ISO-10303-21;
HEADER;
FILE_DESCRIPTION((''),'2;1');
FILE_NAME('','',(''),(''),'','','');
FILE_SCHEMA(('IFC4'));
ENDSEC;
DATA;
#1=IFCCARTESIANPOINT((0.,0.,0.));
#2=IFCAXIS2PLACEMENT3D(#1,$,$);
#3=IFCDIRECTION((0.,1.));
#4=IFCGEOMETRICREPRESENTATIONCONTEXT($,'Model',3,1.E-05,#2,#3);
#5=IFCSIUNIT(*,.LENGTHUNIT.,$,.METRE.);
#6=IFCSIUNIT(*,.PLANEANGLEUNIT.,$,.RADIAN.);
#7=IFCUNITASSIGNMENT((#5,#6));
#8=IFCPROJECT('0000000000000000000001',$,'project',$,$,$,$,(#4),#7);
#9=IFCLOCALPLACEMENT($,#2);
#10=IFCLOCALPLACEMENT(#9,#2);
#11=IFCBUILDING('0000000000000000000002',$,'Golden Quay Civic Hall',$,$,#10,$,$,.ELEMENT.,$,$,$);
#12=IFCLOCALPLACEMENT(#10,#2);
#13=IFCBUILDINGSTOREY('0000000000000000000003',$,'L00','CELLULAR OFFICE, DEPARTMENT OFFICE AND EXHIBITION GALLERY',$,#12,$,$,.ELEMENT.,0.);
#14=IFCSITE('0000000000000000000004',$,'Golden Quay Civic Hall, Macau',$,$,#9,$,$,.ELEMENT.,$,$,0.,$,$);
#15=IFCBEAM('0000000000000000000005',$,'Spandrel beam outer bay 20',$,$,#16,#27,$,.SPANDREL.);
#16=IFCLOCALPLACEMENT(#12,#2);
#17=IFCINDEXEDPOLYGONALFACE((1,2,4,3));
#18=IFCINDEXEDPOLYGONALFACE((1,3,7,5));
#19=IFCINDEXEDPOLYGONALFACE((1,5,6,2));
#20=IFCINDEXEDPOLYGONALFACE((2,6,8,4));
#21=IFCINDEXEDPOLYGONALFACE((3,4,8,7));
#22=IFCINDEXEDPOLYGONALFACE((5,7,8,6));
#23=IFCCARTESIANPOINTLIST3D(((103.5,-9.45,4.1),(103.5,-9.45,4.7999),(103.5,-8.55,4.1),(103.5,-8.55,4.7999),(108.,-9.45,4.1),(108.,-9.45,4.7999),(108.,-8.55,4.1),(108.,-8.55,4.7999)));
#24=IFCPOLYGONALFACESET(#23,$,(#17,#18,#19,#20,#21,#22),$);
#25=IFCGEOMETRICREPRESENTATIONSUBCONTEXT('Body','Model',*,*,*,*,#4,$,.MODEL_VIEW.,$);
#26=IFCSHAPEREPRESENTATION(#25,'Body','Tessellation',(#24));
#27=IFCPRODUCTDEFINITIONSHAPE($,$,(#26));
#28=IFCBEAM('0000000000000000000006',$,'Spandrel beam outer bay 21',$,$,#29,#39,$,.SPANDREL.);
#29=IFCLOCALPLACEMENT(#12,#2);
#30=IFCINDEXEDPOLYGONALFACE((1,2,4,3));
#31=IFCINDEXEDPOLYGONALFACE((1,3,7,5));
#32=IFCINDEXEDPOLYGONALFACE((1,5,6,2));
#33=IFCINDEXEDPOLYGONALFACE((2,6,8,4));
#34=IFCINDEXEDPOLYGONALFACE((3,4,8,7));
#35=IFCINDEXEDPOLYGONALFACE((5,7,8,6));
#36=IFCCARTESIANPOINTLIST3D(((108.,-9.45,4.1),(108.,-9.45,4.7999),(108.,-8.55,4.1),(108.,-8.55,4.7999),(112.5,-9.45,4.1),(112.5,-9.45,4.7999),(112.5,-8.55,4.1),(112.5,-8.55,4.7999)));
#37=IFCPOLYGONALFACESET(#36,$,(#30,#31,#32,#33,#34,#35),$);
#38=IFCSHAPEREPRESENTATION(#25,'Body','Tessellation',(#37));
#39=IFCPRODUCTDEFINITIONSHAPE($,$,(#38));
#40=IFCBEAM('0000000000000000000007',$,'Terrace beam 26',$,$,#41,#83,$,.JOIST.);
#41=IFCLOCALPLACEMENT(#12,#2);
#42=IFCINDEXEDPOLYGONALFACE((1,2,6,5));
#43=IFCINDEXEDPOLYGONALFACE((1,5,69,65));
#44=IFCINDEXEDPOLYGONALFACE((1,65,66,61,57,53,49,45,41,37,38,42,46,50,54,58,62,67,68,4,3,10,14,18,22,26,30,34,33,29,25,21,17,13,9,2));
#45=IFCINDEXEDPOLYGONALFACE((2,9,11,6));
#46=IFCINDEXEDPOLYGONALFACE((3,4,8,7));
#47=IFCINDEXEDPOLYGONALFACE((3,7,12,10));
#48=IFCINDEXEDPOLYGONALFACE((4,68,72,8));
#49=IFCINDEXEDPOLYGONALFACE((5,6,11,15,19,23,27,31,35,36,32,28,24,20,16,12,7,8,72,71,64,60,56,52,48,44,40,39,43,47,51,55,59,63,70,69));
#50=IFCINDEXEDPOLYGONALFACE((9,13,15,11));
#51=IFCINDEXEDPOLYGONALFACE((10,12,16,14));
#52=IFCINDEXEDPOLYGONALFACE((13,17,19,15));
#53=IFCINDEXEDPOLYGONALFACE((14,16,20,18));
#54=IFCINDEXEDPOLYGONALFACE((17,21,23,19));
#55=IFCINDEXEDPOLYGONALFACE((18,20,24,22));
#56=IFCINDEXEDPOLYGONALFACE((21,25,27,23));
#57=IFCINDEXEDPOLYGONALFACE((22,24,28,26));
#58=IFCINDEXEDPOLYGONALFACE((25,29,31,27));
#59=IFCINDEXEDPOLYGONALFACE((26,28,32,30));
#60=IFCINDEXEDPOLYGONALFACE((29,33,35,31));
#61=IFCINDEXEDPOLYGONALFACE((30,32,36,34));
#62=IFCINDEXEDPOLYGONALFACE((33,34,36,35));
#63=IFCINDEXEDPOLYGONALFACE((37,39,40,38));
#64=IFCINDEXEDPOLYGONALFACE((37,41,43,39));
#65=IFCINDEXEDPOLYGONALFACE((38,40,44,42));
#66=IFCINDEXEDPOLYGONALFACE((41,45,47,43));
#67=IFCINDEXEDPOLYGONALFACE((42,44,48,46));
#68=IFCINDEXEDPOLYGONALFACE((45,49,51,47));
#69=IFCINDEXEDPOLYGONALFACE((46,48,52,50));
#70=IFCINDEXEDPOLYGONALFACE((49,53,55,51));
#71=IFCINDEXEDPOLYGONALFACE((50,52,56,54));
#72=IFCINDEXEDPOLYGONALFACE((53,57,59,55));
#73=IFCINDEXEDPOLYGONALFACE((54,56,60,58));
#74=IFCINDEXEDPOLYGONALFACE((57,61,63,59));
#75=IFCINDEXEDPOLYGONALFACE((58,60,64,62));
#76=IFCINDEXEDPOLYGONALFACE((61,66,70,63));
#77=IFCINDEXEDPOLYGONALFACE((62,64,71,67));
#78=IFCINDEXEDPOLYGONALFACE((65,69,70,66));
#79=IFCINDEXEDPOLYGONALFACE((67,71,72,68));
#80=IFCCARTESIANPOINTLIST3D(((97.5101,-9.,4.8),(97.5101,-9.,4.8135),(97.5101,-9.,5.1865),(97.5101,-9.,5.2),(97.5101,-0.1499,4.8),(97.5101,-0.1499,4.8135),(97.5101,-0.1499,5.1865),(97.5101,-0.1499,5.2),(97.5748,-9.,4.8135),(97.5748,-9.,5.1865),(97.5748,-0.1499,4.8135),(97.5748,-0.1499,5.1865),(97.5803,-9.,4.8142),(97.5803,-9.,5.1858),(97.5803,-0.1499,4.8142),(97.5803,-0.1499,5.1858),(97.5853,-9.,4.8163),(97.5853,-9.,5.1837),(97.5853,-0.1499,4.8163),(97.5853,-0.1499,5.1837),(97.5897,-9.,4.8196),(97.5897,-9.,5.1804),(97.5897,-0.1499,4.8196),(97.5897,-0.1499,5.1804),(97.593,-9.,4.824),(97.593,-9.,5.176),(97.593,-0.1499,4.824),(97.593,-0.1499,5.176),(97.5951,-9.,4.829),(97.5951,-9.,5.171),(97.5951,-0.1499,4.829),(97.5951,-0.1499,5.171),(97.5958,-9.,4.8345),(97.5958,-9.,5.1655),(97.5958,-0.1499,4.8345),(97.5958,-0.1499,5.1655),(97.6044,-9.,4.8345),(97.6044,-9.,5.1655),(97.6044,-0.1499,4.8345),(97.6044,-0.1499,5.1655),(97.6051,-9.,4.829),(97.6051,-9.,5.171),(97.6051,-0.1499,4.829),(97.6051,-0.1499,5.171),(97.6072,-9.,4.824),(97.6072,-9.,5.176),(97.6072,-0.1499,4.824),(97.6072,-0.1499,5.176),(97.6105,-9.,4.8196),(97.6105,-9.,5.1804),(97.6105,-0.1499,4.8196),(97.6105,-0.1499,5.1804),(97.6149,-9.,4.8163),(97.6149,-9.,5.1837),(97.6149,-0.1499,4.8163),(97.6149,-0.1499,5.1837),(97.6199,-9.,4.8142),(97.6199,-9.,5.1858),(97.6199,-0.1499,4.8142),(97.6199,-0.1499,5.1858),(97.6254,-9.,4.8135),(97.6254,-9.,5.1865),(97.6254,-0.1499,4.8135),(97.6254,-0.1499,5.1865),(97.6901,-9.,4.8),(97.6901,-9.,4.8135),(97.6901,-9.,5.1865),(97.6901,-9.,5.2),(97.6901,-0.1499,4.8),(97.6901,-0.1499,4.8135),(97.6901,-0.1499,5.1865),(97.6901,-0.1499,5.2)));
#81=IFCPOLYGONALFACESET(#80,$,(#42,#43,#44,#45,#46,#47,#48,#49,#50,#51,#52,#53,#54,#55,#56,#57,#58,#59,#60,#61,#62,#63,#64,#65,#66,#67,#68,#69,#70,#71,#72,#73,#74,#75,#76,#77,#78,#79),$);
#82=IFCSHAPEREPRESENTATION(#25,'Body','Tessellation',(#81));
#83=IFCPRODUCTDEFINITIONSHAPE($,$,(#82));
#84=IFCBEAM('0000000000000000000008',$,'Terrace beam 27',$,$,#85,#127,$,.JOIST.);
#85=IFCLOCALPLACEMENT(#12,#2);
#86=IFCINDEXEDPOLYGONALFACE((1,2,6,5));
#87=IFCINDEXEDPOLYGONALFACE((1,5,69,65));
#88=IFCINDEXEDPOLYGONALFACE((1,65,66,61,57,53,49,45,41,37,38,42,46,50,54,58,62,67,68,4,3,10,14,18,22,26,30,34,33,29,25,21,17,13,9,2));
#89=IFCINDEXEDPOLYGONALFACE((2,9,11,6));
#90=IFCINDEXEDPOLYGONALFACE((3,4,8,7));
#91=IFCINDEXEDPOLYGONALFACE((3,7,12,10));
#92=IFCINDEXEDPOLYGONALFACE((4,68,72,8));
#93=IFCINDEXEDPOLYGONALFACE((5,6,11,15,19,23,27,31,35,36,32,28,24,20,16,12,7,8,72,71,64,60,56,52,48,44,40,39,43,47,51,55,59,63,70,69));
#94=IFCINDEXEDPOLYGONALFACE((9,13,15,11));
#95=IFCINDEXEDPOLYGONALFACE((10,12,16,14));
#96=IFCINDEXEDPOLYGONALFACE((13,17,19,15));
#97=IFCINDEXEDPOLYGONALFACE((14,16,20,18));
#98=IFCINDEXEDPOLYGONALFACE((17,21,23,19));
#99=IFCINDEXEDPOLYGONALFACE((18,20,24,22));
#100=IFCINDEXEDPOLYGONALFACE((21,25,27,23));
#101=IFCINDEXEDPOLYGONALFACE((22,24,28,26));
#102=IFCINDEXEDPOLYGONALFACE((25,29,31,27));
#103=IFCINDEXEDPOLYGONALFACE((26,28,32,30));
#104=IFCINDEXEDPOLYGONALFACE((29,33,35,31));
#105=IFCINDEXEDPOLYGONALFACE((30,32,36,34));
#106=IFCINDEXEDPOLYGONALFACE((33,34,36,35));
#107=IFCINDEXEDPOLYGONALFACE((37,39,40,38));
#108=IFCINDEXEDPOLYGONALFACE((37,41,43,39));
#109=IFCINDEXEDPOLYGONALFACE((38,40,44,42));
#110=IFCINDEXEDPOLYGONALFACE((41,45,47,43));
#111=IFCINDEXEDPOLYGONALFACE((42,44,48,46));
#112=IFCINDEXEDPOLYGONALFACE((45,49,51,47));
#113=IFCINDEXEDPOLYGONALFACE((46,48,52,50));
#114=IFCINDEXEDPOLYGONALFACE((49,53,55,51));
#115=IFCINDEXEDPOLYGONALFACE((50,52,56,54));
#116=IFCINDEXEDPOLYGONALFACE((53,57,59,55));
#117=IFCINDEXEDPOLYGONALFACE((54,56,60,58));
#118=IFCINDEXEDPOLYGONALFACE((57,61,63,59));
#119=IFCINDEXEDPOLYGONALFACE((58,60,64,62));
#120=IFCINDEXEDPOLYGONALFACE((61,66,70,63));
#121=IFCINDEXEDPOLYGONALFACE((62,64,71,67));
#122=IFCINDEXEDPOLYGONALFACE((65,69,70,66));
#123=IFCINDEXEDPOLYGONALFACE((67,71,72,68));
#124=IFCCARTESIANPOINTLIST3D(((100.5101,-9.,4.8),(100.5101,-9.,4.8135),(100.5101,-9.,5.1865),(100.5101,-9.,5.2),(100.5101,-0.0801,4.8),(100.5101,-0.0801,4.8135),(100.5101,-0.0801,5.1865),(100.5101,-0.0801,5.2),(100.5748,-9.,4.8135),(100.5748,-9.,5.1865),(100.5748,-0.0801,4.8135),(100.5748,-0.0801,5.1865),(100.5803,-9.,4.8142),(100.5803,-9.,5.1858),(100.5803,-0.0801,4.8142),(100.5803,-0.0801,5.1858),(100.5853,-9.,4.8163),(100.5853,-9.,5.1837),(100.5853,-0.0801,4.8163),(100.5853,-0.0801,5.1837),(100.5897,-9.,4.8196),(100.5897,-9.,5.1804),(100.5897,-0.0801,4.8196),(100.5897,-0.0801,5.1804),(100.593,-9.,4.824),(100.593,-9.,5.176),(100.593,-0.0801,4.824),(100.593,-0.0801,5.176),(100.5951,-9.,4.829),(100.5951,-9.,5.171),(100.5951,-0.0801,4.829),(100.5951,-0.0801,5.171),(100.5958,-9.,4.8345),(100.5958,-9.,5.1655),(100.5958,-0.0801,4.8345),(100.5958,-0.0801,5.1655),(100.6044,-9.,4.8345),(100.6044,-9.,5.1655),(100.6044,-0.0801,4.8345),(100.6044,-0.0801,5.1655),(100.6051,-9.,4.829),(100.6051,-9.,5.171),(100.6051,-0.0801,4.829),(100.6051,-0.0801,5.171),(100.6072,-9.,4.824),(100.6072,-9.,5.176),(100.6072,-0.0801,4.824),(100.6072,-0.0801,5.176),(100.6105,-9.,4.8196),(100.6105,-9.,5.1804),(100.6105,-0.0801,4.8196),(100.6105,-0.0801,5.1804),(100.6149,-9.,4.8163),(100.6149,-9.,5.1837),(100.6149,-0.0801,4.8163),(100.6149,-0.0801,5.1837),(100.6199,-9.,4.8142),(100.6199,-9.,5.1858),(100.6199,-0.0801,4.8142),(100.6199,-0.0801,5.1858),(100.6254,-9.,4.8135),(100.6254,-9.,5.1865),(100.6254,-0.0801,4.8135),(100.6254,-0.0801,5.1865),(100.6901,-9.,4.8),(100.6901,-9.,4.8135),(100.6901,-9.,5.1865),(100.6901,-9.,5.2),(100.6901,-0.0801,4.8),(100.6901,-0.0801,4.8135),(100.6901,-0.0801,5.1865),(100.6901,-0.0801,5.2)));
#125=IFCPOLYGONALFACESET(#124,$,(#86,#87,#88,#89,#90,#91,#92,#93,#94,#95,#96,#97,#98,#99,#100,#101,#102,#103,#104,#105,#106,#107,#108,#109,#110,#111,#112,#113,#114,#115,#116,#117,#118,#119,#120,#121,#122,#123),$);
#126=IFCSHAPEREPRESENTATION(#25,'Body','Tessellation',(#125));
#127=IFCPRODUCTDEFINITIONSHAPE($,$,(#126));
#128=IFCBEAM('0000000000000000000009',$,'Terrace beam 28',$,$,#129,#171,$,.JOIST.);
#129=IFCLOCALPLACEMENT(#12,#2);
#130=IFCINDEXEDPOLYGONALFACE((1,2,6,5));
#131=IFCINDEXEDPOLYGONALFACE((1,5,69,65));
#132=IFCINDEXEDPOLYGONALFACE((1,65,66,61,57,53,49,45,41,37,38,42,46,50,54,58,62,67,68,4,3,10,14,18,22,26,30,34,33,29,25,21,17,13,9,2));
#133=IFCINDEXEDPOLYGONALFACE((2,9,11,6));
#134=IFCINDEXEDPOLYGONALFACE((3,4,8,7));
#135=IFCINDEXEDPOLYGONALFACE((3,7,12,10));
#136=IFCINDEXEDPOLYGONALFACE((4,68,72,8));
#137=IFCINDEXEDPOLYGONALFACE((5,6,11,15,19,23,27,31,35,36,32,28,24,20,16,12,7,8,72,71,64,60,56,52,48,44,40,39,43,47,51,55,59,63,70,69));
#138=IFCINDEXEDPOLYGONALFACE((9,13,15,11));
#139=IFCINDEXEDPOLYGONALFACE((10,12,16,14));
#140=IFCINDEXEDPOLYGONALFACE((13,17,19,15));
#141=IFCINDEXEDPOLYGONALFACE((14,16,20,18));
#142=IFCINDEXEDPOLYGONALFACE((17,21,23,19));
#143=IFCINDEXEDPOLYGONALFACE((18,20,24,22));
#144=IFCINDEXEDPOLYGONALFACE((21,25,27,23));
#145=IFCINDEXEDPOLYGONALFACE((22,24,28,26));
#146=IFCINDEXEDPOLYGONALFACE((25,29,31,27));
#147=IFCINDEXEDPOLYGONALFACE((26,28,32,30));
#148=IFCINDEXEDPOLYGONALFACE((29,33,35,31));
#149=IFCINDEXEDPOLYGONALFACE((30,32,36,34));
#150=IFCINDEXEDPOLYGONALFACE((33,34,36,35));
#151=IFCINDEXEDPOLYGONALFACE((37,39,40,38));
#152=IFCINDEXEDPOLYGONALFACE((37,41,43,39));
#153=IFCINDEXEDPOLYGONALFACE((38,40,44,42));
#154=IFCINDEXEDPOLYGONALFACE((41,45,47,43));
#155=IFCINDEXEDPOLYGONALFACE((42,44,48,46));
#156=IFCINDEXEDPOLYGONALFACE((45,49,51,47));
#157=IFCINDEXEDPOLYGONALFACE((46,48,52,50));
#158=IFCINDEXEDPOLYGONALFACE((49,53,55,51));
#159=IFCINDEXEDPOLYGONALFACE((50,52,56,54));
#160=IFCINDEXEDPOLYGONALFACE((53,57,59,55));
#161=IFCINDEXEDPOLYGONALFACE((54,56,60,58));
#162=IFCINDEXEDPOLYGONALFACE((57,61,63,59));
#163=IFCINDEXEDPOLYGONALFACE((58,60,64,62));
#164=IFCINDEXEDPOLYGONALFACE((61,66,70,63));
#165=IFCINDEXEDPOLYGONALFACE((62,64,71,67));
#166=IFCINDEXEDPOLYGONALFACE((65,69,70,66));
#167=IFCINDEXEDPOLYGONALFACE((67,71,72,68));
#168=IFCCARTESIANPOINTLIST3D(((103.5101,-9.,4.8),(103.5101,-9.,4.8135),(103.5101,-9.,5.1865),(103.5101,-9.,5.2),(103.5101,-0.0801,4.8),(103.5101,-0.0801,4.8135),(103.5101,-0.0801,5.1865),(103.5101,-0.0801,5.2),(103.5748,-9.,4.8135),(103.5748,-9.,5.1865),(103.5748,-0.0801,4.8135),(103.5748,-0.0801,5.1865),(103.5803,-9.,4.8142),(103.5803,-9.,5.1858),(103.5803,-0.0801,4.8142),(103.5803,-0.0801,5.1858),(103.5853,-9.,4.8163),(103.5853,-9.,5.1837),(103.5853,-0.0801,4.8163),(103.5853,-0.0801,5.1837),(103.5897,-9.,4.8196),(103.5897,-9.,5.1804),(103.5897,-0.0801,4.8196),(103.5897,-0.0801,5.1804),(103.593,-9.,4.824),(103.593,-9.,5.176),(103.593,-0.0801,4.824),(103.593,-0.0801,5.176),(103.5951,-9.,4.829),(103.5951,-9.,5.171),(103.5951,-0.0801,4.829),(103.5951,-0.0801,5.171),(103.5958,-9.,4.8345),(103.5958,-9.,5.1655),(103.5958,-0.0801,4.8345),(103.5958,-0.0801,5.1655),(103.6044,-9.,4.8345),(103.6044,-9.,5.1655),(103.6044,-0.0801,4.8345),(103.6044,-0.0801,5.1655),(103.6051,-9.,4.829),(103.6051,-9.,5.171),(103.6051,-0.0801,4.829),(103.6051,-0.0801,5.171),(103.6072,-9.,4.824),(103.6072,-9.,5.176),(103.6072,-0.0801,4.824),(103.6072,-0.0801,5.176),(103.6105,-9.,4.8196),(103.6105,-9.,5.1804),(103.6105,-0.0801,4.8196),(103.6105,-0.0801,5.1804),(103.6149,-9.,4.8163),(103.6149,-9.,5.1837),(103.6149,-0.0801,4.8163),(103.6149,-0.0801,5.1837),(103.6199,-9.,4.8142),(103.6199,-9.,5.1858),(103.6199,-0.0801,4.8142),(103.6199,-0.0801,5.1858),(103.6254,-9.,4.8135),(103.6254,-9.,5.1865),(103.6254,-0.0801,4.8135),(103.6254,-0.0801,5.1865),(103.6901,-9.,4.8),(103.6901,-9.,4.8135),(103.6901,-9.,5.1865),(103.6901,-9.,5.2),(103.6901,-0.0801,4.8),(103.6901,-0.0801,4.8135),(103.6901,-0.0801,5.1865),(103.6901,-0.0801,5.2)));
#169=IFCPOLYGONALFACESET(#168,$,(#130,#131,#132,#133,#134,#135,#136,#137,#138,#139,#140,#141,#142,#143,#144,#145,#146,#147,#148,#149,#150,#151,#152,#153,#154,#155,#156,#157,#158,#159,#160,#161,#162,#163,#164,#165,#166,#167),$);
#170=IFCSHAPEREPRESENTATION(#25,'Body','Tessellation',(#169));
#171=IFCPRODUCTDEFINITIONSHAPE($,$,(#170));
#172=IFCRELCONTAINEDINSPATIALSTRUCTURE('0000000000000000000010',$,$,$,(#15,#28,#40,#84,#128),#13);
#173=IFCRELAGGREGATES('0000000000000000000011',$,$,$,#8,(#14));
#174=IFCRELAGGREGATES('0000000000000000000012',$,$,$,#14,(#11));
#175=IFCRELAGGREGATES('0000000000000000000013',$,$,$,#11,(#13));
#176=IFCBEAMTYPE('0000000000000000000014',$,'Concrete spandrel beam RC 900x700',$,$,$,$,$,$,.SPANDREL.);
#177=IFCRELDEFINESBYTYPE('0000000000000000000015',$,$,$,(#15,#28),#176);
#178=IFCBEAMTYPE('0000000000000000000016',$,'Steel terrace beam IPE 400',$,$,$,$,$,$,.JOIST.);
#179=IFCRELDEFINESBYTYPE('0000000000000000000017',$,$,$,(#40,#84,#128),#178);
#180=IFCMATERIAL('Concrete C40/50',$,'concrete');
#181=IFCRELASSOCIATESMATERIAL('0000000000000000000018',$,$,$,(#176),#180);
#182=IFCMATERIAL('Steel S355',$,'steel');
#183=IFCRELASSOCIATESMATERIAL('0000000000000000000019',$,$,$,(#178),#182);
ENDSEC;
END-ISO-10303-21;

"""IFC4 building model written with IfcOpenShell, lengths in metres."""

from ifc_helpers import new_model, si_unit, direction, frame, origin, origin_2d, place, context, subcontext, project, spatial, rectangle, i_section, extrude, material, material_profile, profile_set, type_object, element, save


model = new_model("IFC4")

# Units and contexts
model_context = context("Model", 3, precision=1e-05, world=origin(), true_north=direction((0.0, 1.0)))
body_context = subcontext(model_context, "Body", "Model", "MODEL_VIEW")
ifc_project = project(units=[si_unit("LENGTHUNIT", "METRE"), si_unit("PLANEANGLEUNIT", "RADIAN")], contexts=[model_context])

# Site, building, storey
site_placement = place(None, origin())
site = spatial("IfcSite", under=ifc_project, at=site_placement, Name="Golden Quay Civic Hall, Macau", CompositionType="ELEMENT", RefElevation=0.0)
building_placement = place(site_placement, origin())
building = spatial("IfcBuilding", under=site, at=building_placement, Name="Golden Quay Civic Hall", CompositionType="ELEMENT")
storey_placement = place(building_placement, origin())
storey = spatial("IfcBuildingStorey", under=building, at=storey_placement, Name="L00", Description="CELLULAR OFFICE, DEPARTMENT OFFICE AND EXHIBITION GALLERY", CompositionType="ELEMENT", Elevation=0.0)

# Beams
ifc_material_1 = material(Name="Concrete C40/50", Category="concrete")
ifc_material_profile_1 = material_profile(ifc_material_1, rectangle(XDim=0.8999, YDim=0.7, at=origin_2d()), Name="RC 900x700")
ifc_profile_set_1 = profile_set([ifc_material_profile_1], Name="Concrete C40/50")
beam_type_1 = type_object("IfcBeamType", Name="Concrete spandrel beam RC 900x700", PredefinedType="SPANDREL", material=ifc_profile_set_1)
for number, where, z_axis, x_axis, name in (
    (1, (103.5, -9.0, 4.45), (1.0, 0.0, 0.0), (0.0, 1.0, 0.0), "Spandrel beam outer bay 20"),
    (2, (108.0, -9.0, 4.45), (1.0, 0.0, 0.0), (0.0, 1.0, 0.0), "Spandrel beam outer bay 21"),
):
    element("IfcBeam", number, at=place(storey_placement, frame(where, z_axis=z_axis, x_axis=x_axis)), inside=storey, type_object=beam_type_1, Name=name, PredefinedType="SPANDREL", context=body_context, shape_type="SweptSolid", body=[
        extrude(rectangle(XDim=0.8999, YDim=0.7, at=origin_2d()), origin(), (0.0, 0.0, 1.0), 4.5),
    ])
ifc_material_2 = material(Name="Steel S355", Category="steel")
ifc_material_profile_2 = material_profile(ifc_material_2, i_section(OverallWidth=0.1799, OverallDepth=0.3999, WebThickness=0.0085, FlangeThickness=0.0134, FilletRadius=0.021, at=origin_2d()), Name="IPE 400")
ifc_profile_set_2 = profile_set([ifc_material_profile_2], Name="Steel S355")
beam_type_2 = type_object("IfcBeamType", Name="Steel terrace beam IPE 400", PredefinedType="JOIST", material=ifc_profile_set_2)
beam_placement = place(storey_placement, frame((97.6001, -9.0, 5.0), z_axis=(0.0, 1.0, 0.0), x_axis=(-1.0, 0.0, 0.0)))
element("IfcBeam", 3, at=beam_placement, inside=storey, type_object=beam_type_2, Name="Terrace beam 26", PredefinedType="JOIST", context=body_context, shape_type="SweptSolid", body=[
    extrude(i_section(OverallWidth=0.1799, OverallDepth=0.3999, WebThickness=0.0085, FlangeThickness=0.0134, FilletRadius=0.021, at=origin_2d()), origin(), (0.0, 0.0, 1.0), 8.8501),
])
for number, where, z_axis, x_axis, name in (
    (4, (100.6001, -9.0, 5.0), (0.0, 1.0, 0.0), (-1.0, 0.0, 0.0), "Terrace beam 27"),
    (5, (103.6001, -9.0, 5.0), (0.0, 1.0, 0.0), (-1.0, 0.0, 0.0), "Terrace beam 28"),
):
    element("IfcBeam", number, at=place(storey_placement, frame(where, z_axis=z_axis, x_axis=x_axis)), inside=storey, type_object=beam_type_2, Name=name, PredefinedType="JOIST", context=body_context, shape_type="SweptSolid", body=[
        extrude(i_section(OverallWidth=0.1799, OverallDepth=0.3999, WebThickness=0.0085, FlangeThickness=0.0134, FilletRadius=0.021, at=origin_2d()), origin(), (0.0, 0.0, 1.0), 8.9199),
    ])

save(model, "model.ifc")
